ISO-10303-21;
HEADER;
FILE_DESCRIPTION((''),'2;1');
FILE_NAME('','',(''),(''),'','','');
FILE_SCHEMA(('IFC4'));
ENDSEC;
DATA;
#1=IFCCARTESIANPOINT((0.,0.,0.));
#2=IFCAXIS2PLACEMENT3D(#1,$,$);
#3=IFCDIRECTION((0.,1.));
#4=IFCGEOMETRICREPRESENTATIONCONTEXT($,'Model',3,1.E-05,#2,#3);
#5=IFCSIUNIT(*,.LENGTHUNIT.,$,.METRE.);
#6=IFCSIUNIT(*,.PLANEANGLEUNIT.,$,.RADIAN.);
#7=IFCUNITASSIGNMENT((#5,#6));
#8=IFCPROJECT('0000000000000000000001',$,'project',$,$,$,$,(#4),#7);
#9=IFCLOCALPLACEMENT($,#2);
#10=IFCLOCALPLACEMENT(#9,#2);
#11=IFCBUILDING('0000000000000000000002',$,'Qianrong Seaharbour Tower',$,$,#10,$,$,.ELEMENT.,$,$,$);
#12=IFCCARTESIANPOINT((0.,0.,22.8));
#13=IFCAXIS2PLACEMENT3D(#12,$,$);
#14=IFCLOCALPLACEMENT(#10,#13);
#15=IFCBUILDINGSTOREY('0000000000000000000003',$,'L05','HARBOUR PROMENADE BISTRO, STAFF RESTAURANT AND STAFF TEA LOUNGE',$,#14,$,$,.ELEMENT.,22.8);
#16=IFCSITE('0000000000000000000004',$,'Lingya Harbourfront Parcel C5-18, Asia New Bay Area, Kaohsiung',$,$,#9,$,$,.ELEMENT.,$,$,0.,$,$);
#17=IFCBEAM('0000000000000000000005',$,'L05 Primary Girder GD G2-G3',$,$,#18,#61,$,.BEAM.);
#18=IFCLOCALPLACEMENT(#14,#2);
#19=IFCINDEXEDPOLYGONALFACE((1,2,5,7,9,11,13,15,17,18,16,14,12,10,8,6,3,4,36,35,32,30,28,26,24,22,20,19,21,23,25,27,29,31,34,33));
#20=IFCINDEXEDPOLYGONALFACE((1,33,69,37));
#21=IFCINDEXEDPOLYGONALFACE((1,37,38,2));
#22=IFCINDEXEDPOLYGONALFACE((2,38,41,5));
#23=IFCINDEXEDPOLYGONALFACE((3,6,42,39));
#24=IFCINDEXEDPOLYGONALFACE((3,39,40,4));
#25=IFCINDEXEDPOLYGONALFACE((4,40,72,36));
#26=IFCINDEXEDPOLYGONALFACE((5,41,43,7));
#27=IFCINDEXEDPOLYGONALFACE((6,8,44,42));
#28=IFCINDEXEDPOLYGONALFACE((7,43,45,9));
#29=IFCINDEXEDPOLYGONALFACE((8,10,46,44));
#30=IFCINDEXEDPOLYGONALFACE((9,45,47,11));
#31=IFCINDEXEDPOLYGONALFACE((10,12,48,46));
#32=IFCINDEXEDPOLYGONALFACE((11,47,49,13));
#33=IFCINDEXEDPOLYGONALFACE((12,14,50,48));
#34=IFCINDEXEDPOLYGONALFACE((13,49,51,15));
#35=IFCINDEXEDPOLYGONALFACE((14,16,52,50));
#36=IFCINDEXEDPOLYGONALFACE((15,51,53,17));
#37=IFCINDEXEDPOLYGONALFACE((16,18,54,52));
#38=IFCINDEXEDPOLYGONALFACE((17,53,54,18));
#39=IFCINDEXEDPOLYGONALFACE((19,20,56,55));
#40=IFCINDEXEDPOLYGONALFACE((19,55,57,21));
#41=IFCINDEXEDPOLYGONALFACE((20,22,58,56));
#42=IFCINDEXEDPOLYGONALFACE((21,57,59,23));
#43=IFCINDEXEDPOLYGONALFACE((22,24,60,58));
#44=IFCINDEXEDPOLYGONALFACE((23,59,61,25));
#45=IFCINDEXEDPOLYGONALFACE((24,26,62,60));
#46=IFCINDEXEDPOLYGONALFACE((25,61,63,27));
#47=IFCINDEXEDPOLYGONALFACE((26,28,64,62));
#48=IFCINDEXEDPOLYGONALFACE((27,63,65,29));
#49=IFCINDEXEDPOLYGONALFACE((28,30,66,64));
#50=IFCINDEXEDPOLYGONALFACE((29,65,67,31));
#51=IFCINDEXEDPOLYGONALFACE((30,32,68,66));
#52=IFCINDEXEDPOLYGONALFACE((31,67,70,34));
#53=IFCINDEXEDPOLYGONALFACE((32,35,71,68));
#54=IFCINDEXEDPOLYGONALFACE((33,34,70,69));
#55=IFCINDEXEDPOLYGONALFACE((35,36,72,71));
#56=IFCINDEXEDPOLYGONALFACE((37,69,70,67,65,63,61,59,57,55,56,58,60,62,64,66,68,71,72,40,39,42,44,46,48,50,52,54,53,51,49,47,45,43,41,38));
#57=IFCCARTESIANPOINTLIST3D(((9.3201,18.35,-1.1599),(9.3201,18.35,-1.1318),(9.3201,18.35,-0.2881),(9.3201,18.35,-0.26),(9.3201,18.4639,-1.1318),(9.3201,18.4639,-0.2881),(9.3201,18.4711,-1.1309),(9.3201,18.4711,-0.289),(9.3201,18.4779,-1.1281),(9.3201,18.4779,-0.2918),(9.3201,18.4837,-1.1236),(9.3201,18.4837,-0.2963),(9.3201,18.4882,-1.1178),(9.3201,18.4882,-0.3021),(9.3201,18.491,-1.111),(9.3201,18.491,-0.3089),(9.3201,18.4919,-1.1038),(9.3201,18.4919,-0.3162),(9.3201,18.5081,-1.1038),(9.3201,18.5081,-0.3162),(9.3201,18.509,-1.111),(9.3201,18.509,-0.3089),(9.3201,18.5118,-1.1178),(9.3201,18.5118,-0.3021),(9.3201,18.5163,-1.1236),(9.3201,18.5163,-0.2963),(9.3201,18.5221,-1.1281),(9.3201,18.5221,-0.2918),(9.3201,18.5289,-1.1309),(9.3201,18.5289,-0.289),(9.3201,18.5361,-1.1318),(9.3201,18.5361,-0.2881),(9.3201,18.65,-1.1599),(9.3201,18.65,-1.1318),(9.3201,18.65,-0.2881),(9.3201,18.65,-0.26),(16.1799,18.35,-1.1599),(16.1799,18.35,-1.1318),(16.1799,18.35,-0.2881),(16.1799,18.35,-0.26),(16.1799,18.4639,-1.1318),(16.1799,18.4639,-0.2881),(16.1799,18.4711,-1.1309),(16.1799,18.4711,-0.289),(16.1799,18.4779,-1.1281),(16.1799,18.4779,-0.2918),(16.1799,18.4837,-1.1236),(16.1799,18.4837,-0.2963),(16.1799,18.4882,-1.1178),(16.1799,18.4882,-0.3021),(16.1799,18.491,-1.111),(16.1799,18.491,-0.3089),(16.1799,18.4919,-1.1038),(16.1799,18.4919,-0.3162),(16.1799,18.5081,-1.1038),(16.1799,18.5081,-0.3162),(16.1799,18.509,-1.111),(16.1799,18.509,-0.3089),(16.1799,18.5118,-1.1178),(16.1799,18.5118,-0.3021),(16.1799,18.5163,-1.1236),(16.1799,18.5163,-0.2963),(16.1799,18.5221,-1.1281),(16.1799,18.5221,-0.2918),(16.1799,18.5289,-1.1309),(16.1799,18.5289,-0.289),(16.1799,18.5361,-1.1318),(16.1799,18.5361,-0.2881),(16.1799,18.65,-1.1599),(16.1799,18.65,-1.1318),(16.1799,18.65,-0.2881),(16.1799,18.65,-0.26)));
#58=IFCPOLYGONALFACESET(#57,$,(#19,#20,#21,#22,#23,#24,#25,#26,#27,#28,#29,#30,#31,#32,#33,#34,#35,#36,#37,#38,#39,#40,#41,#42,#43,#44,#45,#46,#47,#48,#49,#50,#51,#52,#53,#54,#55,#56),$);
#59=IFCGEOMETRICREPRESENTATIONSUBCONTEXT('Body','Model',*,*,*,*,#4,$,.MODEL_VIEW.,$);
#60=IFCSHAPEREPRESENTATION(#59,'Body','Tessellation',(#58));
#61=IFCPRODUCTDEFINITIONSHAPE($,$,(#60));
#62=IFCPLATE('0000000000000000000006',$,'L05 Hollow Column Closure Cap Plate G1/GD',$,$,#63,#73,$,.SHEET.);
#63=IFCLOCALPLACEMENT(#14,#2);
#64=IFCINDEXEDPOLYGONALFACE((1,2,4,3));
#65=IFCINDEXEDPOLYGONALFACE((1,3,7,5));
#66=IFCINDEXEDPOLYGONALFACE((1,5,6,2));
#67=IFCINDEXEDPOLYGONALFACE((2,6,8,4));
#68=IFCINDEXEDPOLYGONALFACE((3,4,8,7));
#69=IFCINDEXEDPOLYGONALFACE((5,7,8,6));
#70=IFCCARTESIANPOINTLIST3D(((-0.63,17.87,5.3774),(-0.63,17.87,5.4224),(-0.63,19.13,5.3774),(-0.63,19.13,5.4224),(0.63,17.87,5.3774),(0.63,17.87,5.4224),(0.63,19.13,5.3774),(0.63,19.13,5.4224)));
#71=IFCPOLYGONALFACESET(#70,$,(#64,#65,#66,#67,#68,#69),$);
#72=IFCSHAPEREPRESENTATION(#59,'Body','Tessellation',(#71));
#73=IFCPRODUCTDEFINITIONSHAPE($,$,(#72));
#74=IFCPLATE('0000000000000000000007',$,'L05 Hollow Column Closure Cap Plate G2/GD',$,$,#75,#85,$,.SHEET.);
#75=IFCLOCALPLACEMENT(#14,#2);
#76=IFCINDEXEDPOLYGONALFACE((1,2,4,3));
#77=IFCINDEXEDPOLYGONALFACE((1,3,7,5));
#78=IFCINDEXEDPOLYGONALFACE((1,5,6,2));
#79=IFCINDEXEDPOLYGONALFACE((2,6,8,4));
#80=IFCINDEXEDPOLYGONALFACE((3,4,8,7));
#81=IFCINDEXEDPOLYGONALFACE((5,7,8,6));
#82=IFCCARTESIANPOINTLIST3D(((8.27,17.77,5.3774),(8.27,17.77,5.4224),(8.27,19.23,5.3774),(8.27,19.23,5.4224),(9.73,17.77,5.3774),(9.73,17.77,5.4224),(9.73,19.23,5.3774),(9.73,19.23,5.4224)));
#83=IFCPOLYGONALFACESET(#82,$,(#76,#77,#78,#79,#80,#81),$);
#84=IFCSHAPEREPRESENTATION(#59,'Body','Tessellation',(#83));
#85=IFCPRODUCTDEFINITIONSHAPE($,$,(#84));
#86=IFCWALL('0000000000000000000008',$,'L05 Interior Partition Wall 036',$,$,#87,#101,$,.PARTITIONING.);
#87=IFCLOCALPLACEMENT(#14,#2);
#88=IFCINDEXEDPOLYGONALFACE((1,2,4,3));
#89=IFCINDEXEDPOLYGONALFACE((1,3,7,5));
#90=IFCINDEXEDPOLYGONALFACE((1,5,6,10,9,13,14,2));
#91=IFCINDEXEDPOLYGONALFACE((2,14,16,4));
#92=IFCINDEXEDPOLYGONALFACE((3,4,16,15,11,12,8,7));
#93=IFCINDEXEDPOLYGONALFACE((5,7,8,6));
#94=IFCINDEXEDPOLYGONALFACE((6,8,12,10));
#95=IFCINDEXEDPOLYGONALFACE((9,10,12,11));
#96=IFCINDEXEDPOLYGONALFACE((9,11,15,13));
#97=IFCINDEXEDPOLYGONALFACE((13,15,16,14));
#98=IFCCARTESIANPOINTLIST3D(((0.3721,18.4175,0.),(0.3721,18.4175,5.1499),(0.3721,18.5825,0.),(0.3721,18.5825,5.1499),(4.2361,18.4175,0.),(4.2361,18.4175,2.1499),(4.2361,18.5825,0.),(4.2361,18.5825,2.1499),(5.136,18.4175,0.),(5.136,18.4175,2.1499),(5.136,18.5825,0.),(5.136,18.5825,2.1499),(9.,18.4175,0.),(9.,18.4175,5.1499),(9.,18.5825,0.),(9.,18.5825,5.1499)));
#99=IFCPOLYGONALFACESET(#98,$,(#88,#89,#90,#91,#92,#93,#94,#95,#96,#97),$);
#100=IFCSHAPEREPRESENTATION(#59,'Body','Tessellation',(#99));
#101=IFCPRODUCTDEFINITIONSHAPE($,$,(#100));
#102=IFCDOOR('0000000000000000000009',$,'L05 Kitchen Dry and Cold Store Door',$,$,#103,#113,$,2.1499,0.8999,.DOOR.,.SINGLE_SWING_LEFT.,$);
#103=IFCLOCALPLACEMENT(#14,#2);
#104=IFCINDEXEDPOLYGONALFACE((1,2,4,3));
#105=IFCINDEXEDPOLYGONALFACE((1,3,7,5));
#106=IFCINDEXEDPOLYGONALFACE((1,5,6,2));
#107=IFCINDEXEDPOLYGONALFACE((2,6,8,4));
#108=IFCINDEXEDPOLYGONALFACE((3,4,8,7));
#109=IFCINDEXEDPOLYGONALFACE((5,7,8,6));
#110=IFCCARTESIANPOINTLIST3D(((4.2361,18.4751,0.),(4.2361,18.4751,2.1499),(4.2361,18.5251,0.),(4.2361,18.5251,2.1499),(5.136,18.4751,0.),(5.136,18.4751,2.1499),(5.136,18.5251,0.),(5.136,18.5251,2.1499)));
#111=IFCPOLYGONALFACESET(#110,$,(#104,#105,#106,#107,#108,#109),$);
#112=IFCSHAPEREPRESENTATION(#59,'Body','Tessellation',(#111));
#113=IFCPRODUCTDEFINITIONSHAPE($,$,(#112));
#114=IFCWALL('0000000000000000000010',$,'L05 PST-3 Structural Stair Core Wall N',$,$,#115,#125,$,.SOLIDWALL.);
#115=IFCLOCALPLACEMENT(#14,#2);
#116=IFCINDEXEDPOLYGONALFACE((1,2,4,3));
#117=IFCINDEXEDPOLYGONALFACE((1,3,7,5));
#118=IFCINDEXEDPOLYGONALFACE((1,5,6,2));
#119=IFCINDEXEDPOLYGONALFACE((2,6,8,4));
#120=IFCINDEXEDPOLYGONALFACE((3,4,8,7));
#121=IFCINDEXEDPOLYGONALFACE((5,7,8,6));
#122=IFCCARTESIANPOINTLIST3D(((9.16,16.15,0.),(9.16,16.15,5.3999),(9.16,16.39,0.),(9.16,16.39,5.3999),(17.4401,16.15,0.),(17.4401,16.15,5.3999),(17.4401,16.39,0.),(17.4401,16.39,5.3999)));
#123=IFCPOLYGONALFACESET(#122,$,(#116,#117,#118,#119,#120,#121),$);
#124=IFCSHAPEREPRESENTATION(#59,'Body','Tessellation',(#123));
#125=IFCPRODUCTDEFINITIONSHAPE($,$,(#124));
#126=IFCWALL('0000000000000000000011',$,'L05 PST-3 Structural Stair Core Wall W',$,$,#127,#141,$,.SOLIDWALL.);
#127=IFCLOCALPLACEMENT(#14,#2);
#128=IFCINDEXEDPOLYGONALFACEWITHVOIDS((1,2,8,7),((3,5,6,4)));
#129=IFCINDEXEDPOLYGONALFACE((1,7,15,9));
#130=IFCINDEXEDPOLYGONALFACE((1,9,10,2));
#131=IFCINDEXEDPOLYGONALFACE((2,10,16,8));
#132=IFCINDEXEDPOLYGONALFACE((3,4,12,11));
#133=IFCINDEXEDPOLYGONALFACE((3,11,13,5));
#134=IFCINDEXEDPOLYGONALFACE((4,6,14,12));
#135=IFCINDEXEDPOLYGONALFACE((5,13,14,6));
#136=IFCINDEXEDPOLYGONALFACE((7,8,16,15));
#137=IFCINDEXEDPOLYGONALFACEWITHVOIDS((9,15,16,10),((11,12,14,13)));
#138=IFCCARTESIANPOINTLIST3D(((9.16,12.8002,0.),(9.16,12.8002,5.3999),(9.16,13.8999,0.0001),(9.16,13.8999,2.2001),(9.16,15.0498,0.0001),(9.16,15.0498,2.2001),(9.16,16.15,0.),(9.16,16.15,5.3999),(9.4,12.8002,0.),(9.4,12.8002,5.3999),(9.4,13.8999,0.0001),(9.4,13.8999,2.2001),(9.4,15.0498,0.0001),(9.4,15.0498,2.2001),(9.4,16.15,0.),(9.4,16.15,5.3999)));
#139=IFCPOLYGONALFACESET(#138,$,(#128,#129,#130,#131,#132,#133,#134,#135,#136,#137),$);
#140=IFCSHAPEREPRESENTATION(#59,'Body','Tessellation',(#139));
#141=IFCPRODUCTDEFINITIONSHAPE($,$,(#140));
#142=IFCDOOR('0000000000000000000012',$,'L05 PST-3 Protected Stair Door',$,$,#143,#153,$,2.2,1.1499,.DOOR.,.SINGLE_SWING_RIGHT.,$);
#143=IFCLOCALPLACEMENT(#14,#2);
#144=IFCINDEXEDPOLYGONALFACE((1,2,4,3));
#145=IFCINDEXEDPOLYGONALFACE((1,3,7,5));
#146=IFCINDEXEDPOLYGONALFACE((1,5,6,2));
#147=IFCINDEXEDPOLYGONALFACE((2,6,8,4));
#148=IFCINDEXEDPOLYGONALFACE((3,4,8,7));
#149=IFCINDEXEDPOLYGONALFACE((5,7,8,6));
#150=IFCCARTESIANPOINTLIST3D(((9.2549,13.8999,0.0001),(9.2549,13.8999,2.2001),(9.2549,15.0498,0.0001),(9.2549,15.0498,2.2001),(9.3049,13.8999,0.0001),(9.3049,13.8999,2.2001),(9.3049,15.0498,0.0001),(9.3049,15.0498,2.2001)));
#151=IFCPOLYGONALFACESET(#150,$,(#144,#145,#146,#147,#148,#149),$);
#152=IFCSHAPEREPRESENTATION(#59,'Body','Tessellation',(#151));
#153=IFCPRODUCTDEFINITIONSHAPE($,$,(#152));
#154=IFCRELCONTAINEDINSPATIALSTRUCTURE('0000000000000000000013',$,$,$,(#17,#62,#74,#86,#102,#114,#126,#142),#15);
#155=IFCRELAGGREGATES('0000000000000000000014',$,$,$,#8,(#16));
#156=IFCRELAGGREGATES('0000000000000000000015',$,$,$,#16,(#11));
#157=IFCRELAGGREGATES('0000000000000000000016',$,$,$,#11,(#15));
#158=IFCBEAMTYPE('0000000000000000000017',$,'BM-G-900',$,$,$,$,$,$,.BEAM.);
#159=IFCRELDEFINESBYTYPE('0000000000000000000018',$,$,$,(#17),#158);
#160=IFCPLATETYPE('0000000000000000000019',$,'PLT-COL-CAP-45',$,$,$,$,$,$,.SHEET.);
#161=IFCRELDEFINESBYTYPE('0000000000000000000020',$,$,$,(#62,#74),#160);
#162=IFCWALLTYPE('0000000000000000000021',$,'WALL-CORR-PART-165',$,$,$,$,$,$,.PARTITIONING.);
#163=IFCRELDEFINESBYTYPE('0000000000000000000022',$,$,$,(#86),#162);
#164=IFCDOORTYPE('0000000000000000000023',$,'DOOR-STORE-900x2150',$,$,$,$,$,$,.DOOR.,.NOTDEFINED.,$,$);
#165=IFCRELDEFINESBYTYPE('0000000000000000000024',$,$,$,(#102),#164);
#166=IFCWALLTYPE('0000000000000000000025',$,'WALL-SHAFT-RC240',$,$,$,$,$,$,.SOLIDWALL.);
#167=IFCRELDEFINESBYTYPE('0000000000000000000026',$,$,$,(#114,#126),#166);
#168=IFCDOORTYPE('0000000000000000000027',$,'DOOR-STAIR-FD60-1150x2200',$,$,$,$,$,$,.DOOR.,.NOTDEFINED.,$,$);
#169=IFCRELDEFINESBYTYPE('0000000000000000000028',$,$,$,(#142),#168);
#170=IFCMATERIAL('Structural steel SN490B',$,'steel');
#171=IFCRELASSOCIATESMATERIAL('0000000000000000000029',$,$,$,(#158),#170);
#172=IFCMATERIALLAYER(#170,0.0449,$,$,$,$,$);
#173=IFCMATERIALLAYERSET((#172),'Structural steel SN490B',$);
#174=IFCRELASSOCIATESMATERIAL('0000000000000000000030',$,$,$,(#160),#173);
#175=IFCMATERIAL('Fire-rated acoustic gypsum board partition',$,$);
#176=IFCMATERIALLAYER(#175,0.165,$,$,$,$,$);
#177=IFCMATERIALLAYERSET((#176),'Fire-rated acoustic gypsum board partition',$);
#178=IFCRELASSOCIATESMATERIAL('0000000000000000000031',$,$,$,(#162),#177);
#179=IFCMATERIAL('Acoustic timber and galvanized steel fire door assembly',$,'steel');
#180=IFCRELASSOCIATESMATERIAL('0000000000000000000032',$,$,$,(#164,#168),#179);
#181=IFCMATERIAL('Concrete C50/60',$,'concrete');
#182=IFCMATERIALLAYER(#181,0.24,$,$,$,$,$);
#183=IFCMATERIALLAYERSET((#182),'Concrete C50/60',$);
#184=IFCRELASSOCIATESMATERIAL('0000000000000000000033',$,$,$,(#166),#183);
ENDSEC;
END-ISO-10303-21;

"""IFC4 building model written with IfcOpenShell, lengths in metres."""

from ifc_helpers import new_model, si_unit, direction, frame, frame_2d, origin, origin_2d, place, context, subcontext, project, spatial, rectangle, i_section, extrude, material, layer, layer_set, material_profile, profile_set, type_object, element, fill, save


model = new_model("IFC4")

# Units and contexts
model_context = context("Model", 3, precision=1e-05, world=origin(), true_north=direction((0.0, 1.0)))
body_context = subcontext(model_context, "Body", "Model", "MODEL_VIEW")
ifc_project = project(units=[si_unit("LENGTHUNIT", "METRE"), si_unit("PLANEANGLEUNIT", "RADIAN")], contexts=[model_context])

# Site, building, storey
site_placement = place(None, origin())
site = spatial("IfcSite", under=ifc_project, at=site_placement, Name="Lingya Harbourfront Parcel C5-18, Asia New Bay Area, Kaohsiung", CompositionType="ELEMENT", RefElevation=0.0)
building_placement = place(site_placement, origin())
building = spatial("IfcBuilding", under=site, at=building_placement, Name="Qianrong Seaharbour Tower", CompositionType="ELEMENT")
storey_placement = place(building_placement, frame((0.0, 0.0, 22.8)))
storey = spatial("IfcBuildingStorey", under=building, at=storey_placement, Name="L05", Description="HARBOUR PROMENADE BISTRO, STAFF RESTAURANT AND STAFF TEA LOUNGE", CompositionType="ELEMENT", Elevation=22.8)

# Shared definitions
ifc_material_1 = material(Name="Structural steel SN490B", Category="steel")

# Beam
ifc_material_profile_1 = material_profile(ifc_material_1, i_section(OverallWidth=0.3, OverallDepth=0.8999, WebThickness=0.0161, FlangeThickness=0.0281, FilletRadius=0.0281, at=origin_2d()), Name="H900x300x16x28")
ifc_profile_set_1 = profile_set([ifc_material_profile_1], Name="Structural steel SN490B")
beam_type = type_object("IfcBeamType", Name="BM-G-900", PredefinedType="BEAM", material=ifc_profile_set_1)
beam_1_placement = place(storey_placement, frame((9.3201, 18.5, -0.71), z_axis=(1.0, 0.0, 0.0), x_axis=(0.0, 1.0, 0.0)))
element("IfcBeam", 1, at=beam_1_placement, inside=storey, type_object=beam_type, Name="L05 Primary Girder GD G2-G3", PredefinedType="BEAM", context=body_context, shape_type="SweptSolid", body=[
    extrude(i_section(OverallWidth=0.3, OverallDepth=0.8999, WebThickness=0.0161, FlangeThickness=0.0281, FilletRadius=0.0281, at=origin_2d()), origin(), (0.0, 0.0, 1.0), 6.8599),
])

# Plates
ifc_layer_1 = layer(ifc_material_1, 0.0449)
ifc_layer_set_1 = layer_set([ifc_layer_1], Name="Structural steel SN490B")
plate_type = type_object("IfcPlateType", Name="PLT-COL-CAP-45", PredefinedType="SHEET", material=ifc_layer_set_1)
plate_1_placement = place(storey_placement, frame((0.0, 18.5, 5.3774), z_axis=(0.0, 0.0, 1.0), x_axis=(1.0, 0.0, 0.0)))
element("IfcPlate", 2, at=plate_1_placement, inside=storey, type_object=plate_type, Name="L05 Hollow Column Closure Cap Plate G1/GD", PredefinedType="SHEET", context=body_context, shape_type="SweptSolid", body=[
    extrude(rectangle(XDim=1.26, YDim=1.26, at=origin_2d()), origin(), (0.0, 0.0, 1.0), 0.0449),
])
plate_2_placement = place(storey_placement, frame((9.0, 18.5, 5.3774), z_axis=(0.0, 0.0, 1.0), x_axis=(1.0, 0.0, 0.0)))
element("IfcPlate", 3, at=plate_2_placement, inside=storey, type_object=plate_type, Name="L05 Hollow Column Closure Cap Plate G2/GD", PredefinedType="SHEET", context=body_context, shape_type="SweptSolid", body=[
    extrude(rectangle(XDim=1.46, YDim=1.46, at=origin_2d()), origin(), (0.0, 0.0, 1.0), 0.0449),
])

# Wall, opening, door
ifc_material_2 = material(Name="Fire-rated acoustic gypsum board partition")
ifc_layer_2 = layer(ifc_material_2, 0.165)
ifc_layer_set_2 = layer_set([ifc_layer_2], Name="Fire-rated acoustic gypsum board partition")
wall_type_1 = type_object("IfcWallType", Name="WALL-CORR-PART-165", PredefinedType="PARTITIONING", material=ifc_layer_set_2)
ifc_material_3 = material(Name="Acoustic timber and galvanized steel fire door assembly", Category="steel")
wall_1_placement = place(storey_placement, frame((9.0, 18.5, 0.0), z_axis=(0.0, 0.0, 1.0), x_axis=(-1.0, 0.0, 0.0)))
wall_1 = element("IfcWall", 4, at=wall_1_placement, inside=storey, type_object=wall_type_1, Name="L05 Interior Partition Wall 036", PredefinedType="PARTITIONING", context=body_context, shape_type="SweptSolid", body=[
    extrude(rectangle(XDim=8.6279, YDim=0.165, at=frame_2d((4.314, 0.0))), origin(), (0.0, 0.0, 1.0), 5.1499),
])
opening_1_placement = place(wall_1_placement, frame((3.864, 0.0, 0.0)))
opening_1 = element("IfcOpeningElement", 5, at=opening_1_placement, cuts=wall_1, PredefinedType="OPENING", context=body_context, shape_type="SweptSolid", body=[
    extrude(rectangle(XDim=0.8999, YDim=2.1499, at=frame_2d((0.45, 1.075))), frame((0.0, 0.0925, 0.0), z_axis=(0.0, -1.0, 0.0), x_axis=(1.0, 0.0, 0.0)), (0.0, 0.0, 1.0), 0.1851),
])
door_type_1 = type_object("IfcDoorType", Name="DOOR-STORE-900x2150", OperationType="NOTDEFINED", PredefinedType="DOOR", material=ifc_material_3)
door_1_placement = place(opening_1_placement, origin())
door_1 = element("IfcDoor", 6, at=door_1_placement, inside=storey, type_object=door_type_1, Name="L05 Kitchen Dry and Cold Store Door", OperationType="SINGLE_SWING_LEFT", OverallHeight=2.1499, OverallWidth=0.8999, PredefinedType="DOOR", context=body_context, shape_type="SweptSolid", body=[
    extrude(rectangle(XDim=0.8999, YDim=2.1499, at=frame_2d((0.45, 1.075))), frame((0.0, 0.0249, 0.0), z_axis=(0.0, -1.0, 0.0), x_axis=(1.0, 0.0, 0.0)), (0.0, 0.0, 1.0), 0.05),
])
fill(opening_1, door_1)

# Wall
ifc_material_4 = material(Name="Concrete C50/60", Category="concrete")
ifc_layer_3 = layer(ifc_material_4, 0.24)
ifc_layer_set_3 = layer_set([ifc_layer_3], Name="Concrete C50/60")
wall_type_2 = type_object("IfcWallType", Name="WALL-SHAFT-RC240", PredefinedType="SOLIDWALL", material=ifc_layer_set_3)
wall_2_placement = place(storey_placement, frame((9.1599, 16.27, 0.0), z_axis=(0.0, 0.0, 1.0), x_axis=(1.0, 0.0, 0.0)))
element("IfcWall", 7, at=wall_2_placement, inside=storey, type_object=wall_type_2, Name="L05 PST-3 Structural Stair Core Wall N", PredefinedType="SOLIDWALL", context=body_context, shape_type="SweptSolid", body=[
    extrude(rectangle(XDim=8.28, YDim=0.24, at=frame_2d((4.1401, 0.0))), origin(), (0.0, 0.0, 1.0), 5.3999),
])

# Wall, opening, door
wall_3_placement = place(storey_placement, frame((9.28, 16.1499, 0.0), z_axis=(0.0, 0.0, 1.0), x_axis=(0.0, -1.0, 0.0)))
wall_3 = element("IfcWall", 8, at=wall_3_placement, inside=storey, type_object=wall_type_2, Name="L05 PST-3 Structural Stair Core Wall W", PredefinedType="SOLIDWALL", context=body_context, shape_type="SweptSolid", body=[
    extrude(rectangle(XDim=3.3499, YDim=0.24, at=frame_2d((1.6748, 0.0))), origin(), (0.0, 0.0, 1.0), 5.3999),
])
opening_2_placement = place(wall_3_placement, frame((1.1001, 0.0, 0.0)))
opening_2 = element("IfcOpeningElement", 9, at=opening_2_placement, cuts=wall_3, PredefinedType="OPENING", context=body_context, shape_type="SweptSolid", body=[
    extrude(rectangle(XDim=1.1499, YDim=2.2, at=frame_2d((0.575, 1.1001))), frame((0.0, 0.1299, 0.0), z_axis=(0.0, -1.0, 0.0), x_axis=(1.0, 0.0, 0.0)), (0.0, 0.0, 1.0), 0.26),
])
door_type_2 = type_object("IfcDoorType", Name="DOOR-STAIR-FD60-1150x2200", OperationType="NOTDEFINED", PredefinedType="DOOR", material=ifc_material_3)
door_2_placement = place(opening_2_placement, origin())
door_2 = element("IfcDoor", 10, at=door_2_placement, inside=storey, type_object=door_type_2, Name="L05 PST-3 Protected Stair Door", OperationType="SINGLE_SWING_RIGHT", OverallHeight=2.2, OverallWidth=1.1499, PredefinedType="DOOR", context=body_context, shape_type="SweptSolid", body=[
    extrude(rectangle(XDim=1.1499, YDim=2.2, at=frame_2d((0.575, 1.1001))), frame((0.0, 0.0249, 0.0), z_axis=(0.0, -1.0, 0.0), x_axis=(1.0, 0.0, 0.0)), (0.0, 0.0, 1.0), 0.05),
])
fill(opening_2, door_2)

save(model, "model.ifc")
